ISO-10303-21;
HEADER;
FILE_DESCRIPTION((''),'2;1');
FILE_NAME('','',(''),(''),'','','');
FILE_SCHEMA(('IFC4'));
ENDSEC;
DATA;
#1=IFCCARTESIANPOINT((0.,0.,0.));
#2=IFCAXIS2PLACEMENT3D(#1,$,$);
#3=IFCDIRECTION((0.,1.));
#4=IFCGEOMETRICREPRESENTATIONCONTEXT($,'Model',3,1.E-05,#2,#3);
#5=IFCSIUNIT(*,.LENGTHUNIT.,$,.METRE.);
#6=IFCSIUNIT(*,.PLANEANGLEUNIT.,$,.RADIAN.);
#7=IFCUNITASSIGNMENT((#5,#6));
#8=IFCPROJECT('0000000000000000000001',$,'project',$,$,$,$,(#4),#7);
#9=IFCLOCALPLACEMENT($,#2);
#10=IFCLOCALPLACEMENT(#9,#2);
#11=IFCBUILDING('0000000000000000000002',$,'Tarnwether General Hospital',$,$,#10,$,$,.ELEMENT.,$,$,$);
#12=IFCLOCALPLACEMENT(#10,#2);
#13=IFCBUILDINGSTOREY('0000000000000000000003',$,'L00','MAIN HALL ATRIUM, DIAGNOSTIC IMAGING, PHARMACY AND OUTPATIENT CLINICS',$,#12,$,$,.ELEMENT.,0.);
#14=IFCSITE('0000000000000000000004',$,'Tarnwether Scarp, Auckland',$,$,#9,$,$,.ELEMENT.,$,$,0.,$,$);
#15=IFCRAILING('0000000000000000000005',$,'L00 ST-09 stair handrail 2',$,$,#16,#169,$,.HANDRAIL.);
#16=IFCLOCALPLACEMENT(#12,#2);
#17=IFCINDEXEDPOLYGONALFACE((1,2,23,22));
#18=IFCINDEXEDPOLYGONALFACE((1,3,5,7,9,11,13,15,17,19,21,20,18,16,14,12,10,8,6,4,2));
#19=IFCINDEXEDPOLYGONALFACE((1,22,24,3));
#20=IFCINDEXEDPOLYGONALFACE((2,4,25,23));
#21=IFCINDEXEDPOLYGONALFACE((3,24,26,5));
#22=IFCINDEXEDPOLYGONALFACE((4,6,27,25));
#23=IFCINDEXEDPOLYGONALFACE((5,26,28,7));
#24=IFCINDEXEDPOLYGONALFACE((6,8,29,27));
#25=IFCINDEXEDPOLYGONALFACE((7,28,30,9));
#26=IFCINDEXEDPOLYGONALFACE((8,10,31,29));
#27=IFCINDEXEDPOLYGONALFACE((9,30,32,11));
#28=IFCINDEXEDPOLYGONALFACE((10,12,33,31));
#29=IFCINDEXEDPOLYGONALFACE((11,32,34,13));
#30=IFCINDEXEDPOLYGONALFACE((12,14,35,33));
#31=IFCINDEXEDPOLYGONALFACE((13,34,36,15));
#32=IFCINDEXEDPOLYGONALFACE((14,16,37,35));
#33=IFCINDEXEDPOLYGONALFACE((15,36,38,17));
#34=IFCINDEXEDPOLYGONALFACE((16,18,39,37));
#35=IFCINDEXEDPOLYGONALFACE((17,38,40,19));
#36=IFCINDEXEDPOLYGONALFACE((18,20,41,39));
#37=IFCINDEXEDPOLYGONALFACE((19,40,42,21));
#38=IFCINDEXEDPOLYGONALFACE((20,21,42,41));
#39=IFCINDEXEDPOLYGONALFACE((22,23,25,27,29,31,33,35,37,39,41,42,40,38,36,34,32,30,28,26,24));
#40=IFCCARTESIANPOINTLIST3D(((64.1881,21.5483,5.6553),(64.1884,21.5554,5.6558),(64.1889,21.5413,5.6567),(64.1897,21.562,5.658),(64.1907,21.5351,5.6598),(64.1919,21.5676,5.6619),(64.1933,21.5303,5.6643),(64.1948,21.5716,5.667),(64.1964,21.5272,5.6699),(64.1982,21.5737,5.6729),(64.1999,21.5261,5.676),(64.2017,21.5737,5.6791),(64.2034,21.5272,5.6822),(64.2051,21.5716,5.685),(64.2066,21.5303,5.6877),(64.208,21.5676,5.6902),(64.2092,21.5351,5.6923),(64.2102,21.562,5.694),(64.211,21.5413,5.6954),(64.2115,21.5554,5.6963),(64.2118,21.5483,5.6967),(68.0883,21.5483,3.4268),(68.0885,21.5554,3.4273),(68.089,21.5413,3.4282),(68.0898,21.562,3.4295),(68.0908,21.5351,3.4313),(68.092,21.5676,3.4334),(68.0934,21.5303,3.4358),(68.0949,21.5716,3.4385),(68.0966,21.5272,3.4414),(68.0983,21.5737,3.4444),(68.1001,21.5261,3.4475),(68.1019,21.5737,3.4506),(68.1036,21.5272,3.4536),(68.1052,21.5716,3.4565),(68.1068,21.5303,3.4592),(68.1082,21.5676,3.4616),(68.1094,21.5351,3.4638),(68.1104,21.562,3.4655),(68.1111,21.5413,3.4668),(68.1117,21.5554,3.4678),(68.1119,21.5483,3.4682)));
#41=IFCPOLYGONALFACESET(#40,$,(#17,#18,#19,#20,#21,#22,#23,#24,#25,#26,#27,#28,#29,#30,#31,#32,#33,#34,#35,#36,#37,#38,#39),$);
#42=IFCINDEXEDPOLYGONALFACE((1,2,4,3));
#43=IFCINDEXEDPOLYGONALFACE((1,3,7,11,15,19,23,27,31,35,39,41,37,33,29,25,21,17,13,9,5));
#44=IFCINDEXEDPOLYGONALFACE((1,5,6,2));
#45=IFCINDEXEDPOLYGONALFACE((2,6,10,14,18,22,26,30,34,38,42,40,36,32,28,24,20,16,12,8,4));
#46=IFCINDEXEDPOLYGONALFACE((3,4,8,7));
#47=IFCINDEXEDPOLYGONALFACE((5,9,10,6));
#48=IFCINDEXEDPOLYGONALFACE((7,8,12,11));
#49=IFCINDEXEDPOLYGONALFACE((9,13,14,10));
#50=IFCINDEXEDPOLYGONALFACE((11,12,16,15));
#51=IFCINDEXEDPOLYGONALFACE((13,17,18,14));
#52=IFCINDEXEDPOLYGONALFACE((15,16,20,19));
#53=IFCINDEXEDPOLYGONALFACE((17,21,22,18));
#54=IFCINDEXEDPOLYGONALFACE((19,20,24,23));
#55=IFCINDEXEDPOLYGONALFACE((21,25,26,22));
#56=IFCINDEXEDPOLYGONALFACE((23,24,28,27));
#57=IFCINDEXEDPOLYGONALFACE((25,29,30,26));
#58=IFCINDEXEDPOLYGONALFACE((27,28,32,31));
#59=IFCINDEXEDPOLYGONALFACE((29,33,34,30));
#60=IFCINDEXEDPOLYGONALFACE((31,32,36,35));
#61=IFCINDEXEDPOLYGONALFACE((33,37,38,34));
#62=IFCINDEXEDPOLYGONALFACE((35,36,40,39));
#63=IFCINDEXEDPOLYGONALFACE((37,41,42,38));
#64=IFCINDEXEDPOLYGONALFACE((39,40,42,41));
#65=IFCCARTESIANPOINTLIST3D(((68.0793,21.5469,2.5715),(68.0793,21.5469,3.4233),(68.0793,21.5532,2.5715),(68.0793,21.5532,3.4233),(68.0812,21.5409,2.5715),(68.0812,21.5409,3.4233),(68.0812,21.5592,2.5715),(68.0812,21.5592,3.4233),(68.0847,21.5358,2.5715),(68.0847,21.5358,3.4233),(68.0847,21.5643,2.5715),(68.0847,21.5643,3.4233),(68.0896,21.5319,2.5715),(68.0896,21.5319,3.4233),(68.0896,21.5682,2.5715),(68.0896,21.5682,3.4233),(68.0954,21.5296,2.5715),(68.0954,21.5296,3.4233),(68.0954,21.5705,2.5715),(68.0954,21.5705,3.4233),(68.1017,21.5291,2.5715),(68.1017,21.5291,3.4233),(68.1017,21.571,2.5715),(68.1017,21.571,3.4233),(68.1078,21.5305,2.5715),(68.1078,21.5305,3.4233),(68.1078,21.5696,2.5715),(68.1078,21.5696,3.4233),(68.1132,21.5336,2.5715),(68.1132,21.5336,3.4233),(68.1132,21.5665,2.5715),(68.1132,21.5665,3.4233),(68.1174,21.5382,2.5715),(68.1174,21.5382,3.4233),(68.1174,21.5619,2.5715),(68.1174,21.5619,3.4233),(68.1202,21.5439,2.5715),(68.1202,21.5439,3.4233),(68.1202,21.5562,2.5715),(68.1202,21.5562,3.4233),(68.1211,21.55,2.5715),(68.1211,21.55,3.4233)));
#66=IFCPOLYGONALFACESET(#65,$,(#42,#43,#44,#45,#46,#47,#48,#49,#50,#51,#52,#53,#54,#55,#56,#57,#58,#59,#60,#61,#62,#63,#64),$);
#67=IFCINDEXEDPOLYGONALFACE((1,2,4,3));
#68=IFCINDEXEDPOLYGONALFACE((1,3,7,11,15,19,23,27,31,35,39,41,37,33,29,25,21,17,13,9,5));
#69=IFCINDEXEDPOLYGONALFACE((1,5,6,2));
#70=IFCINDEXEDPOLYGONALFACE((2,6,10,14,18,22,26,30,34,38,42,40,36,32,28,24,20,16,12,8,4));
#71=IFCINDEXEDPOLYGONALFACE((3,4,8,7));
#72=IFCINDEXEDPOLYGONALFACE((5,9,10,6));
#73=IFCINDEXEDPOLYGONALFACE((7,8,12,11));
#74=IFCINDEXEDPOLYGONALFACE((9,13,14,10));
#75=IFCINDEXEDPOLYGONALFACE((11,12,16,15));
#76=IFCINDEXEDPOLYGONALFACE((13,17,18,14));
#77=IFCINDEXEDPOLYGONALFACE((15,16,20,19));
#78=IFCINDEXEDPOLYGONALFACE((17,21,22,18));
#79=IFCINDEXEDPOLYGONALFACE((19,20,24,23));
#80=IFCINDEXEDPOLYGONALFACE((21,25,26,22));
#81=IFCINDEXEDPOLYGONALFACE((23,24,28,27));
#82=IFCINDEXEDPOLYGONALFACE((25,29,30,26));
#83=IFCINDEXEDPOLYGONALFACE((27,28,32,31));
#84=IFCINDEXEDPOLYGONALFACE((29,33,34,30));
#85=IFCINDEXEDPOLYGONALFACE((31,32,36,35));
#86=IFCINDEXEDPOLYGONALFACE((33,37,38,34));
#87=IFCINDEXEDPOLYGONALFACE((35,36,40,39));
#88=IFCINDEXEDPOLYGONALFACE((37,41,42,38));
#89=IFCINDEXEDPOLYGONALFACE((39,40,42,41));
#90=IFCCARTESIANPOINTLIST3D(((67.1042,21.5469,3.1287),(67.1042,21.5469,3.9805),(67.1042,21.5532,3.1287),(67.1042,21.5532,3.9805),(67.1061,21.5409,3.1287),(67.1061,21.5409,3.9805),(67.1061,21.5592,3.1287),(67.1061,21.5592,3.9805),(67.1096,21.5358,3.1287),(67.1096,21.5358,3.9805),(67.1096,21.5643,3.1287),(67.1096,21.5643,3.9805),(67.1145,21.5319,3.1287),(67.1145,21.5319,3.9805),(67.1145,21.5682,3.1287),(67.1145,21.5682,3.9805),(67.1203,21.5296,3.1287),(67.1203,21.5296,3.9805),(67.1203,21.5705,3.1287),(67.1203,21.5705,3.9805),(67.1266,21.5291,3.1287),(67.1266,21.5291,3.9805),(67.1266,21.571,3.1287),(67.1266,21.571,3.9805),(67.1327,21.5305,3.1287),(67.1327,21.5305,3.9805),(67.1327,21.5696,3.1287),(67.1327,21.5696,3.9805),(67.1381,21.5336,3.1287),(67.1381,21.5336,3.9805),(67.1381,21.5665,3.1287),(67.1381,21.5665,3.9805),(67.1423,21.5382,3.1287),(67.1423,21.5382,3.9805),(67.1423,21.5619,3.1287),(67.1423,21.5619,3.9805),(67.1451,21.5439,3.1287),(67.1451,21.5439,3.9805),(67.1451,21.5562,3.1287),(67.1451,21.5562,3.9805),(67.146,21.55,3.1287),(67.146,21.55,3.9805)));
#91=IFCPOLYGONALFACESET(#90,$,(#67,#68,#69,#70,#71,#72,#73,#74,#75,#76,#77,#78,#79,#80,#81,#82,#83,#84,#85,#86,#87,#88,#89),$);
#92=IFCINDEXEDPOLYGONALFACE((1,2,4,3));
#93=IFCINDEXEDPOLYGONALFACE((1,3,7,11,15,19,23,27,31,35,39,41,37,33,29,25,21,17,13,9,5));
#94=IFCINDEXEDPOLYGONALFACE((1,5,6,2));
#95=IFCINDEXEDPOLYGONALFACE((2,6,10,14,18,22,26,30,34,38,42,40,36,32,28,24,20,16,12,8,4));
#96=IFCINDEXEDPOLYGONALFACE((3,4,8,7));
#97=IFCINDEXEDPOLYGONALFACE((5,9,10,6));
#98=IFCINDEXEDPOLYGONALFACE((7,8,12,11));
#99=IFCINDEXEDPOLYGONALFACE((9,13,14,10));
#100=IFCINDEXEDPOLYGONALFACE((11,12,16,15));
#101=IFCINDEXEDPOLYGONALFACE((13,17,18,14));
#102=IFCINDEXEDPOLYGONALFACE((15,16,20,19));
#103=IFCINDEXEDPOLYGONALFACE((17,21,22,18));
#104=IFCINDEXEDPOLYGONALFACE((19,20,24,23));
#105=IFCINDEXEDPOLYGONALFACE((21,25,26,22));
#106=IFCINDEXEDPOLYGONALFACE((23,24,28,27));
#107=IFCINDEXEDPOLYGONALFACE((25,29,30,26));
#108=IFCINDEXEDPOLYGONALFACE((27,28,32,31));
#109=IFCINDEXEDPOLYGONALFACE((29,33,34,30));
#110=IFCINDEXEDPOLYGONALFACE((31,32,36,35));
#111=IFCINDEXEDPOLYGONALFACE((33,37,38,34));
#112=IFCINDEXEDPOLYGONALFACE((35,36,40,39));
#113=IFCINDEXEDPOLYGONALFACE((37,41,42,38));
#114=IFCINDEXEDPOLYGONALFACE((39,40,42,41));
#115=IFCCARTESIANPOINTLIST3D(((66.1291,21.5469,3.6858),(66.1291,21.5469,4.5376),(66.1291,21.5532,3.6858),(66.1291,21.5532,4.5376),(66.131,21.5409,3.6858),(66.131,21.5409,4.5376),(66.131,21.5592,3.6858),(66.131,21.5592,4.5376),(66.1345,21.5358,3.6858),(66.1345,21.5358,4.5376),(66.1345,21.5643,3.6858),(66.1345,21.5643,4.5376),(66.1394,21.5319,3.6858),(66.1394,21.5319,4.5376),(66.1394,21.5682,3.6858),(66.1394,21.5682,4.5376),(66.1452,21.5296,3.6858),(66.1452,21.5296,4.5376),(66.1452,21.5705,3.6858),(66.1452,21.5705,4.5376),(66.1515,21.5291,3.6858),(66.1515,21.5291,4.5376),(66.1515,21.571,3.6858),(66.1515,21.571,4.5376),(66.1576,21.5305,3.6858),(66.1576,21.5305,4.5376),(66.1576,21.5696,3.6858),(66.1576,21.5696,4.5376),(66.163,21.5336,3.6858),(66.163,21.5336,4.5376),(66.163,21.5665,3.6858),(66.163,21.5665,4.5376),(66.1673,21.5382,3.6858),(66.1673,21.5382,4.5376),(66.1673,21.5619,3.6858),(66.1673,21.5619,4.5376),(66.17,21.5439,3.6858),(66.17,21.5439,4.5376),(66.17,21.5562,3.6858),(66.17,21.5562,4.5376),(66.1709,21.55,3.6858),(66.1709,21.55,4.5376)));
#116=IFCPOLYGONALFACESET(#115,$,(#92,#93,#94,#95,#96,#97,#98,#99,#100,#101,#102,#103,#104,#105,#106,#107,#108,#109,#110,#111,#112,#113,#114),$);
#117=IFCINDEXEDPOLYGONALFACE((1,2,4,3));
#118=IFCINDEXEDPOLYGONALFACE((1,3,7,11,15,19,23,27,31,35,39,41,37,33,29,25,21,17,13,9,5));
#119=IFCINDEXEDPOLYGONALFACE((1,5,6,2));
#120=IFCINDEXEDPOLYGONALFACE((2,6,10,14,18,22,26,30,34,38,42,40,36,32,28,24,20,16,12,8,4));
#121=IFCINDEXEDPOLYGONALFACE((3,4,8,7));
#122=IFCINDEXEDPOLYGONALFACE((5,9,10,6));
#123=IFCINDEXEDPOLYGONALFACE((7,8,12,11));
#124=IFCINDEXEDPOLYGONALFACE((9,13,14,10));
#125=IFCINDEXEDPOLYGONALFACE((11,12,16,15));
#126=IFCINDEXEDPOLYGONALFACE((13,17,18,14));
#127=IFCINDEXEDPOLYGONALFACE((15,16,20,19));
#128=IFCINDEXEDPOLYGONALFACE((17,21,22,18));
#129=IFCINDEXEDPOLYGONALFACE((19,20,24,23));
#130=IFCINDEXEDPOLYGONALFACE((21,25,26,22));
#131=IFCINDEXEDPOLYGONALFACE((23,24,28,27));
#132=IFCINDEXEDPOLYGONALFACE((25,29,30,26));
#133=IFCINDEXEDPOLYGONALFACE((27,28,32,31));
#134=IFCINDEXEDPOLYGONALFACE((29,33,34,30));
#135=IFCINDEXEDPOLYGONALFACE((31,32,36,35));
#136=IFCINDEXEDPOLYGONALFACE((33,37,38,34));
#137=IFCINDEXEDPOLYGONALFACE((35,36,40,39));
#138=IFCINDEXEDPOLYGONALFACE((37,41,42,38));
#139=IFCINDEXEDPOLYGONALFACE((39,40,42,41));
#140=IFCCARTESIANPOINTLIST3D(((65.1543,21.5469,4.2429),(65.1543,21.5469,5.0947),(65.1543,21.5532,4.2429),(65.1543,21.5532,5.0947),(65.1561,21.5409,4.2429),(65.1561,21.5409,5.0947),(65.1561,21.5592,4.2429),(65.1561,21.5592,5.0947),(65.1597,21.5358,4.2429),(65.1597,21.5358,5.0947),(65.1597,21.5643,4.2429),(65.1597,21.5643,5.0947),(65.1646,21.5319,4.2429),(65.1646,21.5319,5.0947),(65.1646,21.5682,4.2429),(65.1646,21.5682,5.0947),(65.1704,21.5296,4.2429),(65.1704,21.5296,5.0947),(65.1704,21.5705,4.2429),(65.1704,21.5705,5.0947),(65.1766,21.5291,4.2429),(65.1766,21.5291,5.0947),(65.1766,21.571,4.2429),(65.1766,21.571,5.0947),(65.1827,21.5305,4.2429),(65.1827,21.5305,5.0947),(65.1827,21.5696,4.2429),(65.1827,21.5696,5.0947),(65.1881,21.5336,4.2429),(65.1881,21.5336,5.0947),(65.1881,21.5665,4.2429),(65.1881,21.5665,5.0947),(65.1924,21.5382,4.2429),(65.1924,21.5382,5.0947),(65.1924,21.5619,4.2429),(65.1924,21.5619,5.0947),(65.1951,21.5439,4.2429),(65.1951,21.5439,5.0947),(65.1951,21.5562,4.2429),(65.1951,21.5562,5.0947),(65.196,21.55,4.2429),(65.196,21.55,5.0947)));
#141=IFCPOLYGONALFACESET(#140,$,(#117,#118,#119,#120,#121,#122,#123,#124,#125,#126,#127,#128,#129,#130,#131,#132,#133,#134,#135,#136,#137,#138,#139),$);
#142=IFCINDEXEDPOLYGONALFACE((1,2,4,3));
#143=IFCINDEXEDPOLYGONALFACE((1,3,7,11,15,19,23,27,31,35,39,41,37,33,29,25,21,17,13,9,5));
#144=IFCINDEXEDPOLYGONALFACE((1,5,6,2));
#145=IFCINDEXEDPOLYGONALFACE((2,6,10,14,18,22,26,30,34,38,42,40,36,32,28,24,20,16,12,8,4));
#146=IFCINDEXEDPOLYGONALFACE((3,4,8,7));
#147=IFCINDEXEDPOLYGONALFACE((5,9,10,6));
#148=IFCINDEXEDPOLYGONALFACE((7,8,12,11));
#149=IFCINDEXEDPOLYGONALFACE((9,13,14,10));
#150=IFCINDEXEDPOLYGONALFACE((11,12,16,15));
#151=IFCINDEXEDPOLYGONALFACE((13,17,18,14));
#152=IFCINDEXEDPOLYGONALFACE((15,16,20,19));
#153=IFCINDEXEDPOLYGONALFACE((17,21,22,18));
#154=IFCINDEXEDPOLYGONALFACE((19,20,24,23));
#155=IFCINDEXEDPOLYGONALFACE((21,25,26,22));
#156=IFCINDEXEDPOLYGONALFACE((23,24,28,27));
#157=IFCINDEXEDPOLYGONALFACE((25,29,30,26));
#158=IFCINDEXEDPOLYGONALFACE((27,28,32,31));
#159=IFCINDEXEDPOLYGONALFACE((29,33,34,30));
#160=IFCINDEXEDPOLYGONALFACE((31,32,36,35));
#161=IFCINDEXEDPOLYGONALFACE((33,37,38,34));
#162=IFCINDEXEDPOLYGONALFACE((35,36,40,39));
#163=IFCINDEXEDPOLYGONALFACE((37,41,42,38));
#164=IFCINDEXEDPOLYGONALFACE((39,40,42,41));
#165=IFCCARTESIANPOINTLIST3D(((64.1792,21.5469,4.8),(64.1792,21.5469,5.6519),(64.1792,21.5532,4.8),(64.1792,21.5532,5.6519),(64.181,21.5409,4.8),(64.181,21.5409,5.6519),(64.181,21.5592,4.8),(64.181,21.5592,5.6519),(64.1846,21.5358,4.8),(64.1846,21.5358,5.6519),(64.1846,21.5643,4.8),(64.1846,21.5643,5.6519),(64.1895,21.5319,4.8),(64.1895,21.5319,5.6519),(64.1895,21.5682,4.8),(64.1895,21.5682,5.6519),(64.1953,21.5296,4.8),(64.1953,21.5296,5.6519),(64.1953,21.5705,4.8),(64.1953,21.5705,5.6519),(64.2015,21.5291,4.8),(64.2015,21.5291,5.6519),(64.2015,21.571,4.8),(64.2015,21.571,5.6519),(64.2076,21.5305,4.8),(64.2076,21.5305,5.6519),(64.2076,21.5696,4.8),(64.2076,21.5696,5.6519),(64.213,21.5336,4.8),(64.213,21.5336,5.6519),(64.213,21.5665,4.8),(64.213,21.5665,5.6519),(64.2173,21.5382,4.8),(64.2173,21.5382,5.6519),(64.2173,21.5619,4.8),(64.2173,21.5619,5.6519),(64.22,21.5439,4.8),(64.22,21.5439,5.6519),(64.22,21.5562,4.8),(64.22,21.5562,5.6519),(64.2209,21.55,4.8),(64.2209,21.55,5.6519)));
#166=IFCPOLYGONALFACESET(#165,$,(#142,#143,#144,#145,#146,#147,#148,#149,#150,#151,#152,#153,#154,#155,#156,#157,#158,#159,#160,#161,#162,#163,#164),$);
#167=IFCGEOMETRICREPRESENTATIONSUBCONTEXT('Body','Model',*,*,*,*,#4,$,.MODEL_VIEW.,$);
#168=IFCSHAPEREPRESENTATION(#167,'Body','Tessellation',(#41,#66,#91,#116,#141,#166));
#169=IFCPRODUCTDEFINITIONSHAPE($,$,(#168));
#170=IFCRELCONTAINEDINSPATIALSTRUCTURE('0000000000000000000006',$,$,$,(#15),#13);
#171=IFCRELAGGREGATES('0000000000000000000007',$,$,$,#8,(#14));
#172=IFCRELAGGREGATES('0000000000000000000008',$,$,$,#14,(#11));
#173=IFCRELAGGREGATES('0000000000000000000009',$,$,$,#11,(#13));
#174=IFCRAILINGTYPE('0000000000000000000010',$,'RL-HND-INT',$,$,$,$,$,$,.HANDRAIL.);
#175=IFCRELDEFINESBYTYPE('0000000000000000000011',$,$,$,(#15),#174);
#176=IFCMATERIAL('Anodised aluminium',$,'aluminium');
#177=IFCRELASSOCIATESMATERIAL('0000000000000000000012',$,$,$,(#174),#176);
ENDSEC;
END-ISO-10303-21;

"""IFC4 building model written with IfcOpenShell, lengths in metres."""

from ifc_helpers import new_model, si_unit, direction, frame, origin, origin_2d, place, context, subcontext, project, spatial, circle, extrude, material, type_object, element, save


model = new_model("IFC4")

# Units and contexts
model_context = context("Model", 3, precision=1e-05, world=origin(), true_north=direction((0.0, 1.0)))
body_context = subcontext(model_context, "Body", "Model", "MODEL_VIEW")
ifc_project = project(units=[si_unit("LENGTHUNIT", "METRE"), si_unit("PLANEANGLEUNIT", "RADIAN")], contexts=[model_context])

# Site, building, storey
site_placement = place(None, origin())
site = spatial("IfcSite", under=ifc_project, at=site_placement, Name="Tarnwether Scarp, Auckland", CompositionType="ELEMENT", RefElevation=0.0)
building_placement = place(site_placement, origin())
building = spatial("IfcBuilding", under=site, at=building_placement, Name="Tarnwether General Hospital", CompositionType="ELEMENT")
storey_placement = place(building_placement, origin())
storey = spatial("IfcBuildingStorey", under=building, at=storey_placement, Name="L00", Description="MAIN HALL ATRIUM, DIAGNOSTIC IMAGING, PHARMACY AND OUTPATIENT CLINICS", CompositionType="ELEMENT", Elevation=0.0)

# Railing
ifc_material_1 = material(Name="Anodised aluminium", Category="aluminium")
railing_type_1 = type_object("IfcRailingType", Name="RL-HND-INT", PredefinedType="HANDRAIL", material=ifc_material_1)
railing_1_placement = place(storey_placement, frame((68.1001, 21.55, 2.5715)))
element("IfcRailing", 1, at=railing_1_placement, inside=storey, type_object=railing_type_1, Name="L00 ST-09 stair handrail 2", PredefinedType="HANDRAIL", context=body_context, shape_type="SweptSolid", body=[
    extrude(circle(Radius=0.0239, at=origin_2d()), frame((0.0, 0.0, 0.876), z_axis=(-0.868257, 0.0, 0.496116), x_axis=(0.0, -1.0, 0.0)), (0.0, 0.0, 1.0), 4.4919),
    extrude(circle(Radius=0.021, at=origin_2d()), origin(), (0.0, 0.0, 1.0), 0.8518),
    extrude(circle(Radius=0.021, at=origin_2d()), frame((-0.9751, 0.0, 0.5571)), (0.0, 0.0, 1.0), 0.8518),
    extrude(circle(Radius=0.021, at=origin_2d()), frame((-1.9502, 0.0, 1.1143)), (0.0, 0.0, 1.0), 0.8518),
    extrude(circle(Radius=0.021, at=origin_2d()), frame((-2.925, 0.0, 1.6714)), (0.0, 0.0, 1.0), 0.8518),
    extrude(circle(Radius=0.021, at=origin_2d()), frame((-3.9001, 0.0, 2.2285)), (0.0, 0.0, 1.0), 0.8518),
])

save(model, "model.ifc")
